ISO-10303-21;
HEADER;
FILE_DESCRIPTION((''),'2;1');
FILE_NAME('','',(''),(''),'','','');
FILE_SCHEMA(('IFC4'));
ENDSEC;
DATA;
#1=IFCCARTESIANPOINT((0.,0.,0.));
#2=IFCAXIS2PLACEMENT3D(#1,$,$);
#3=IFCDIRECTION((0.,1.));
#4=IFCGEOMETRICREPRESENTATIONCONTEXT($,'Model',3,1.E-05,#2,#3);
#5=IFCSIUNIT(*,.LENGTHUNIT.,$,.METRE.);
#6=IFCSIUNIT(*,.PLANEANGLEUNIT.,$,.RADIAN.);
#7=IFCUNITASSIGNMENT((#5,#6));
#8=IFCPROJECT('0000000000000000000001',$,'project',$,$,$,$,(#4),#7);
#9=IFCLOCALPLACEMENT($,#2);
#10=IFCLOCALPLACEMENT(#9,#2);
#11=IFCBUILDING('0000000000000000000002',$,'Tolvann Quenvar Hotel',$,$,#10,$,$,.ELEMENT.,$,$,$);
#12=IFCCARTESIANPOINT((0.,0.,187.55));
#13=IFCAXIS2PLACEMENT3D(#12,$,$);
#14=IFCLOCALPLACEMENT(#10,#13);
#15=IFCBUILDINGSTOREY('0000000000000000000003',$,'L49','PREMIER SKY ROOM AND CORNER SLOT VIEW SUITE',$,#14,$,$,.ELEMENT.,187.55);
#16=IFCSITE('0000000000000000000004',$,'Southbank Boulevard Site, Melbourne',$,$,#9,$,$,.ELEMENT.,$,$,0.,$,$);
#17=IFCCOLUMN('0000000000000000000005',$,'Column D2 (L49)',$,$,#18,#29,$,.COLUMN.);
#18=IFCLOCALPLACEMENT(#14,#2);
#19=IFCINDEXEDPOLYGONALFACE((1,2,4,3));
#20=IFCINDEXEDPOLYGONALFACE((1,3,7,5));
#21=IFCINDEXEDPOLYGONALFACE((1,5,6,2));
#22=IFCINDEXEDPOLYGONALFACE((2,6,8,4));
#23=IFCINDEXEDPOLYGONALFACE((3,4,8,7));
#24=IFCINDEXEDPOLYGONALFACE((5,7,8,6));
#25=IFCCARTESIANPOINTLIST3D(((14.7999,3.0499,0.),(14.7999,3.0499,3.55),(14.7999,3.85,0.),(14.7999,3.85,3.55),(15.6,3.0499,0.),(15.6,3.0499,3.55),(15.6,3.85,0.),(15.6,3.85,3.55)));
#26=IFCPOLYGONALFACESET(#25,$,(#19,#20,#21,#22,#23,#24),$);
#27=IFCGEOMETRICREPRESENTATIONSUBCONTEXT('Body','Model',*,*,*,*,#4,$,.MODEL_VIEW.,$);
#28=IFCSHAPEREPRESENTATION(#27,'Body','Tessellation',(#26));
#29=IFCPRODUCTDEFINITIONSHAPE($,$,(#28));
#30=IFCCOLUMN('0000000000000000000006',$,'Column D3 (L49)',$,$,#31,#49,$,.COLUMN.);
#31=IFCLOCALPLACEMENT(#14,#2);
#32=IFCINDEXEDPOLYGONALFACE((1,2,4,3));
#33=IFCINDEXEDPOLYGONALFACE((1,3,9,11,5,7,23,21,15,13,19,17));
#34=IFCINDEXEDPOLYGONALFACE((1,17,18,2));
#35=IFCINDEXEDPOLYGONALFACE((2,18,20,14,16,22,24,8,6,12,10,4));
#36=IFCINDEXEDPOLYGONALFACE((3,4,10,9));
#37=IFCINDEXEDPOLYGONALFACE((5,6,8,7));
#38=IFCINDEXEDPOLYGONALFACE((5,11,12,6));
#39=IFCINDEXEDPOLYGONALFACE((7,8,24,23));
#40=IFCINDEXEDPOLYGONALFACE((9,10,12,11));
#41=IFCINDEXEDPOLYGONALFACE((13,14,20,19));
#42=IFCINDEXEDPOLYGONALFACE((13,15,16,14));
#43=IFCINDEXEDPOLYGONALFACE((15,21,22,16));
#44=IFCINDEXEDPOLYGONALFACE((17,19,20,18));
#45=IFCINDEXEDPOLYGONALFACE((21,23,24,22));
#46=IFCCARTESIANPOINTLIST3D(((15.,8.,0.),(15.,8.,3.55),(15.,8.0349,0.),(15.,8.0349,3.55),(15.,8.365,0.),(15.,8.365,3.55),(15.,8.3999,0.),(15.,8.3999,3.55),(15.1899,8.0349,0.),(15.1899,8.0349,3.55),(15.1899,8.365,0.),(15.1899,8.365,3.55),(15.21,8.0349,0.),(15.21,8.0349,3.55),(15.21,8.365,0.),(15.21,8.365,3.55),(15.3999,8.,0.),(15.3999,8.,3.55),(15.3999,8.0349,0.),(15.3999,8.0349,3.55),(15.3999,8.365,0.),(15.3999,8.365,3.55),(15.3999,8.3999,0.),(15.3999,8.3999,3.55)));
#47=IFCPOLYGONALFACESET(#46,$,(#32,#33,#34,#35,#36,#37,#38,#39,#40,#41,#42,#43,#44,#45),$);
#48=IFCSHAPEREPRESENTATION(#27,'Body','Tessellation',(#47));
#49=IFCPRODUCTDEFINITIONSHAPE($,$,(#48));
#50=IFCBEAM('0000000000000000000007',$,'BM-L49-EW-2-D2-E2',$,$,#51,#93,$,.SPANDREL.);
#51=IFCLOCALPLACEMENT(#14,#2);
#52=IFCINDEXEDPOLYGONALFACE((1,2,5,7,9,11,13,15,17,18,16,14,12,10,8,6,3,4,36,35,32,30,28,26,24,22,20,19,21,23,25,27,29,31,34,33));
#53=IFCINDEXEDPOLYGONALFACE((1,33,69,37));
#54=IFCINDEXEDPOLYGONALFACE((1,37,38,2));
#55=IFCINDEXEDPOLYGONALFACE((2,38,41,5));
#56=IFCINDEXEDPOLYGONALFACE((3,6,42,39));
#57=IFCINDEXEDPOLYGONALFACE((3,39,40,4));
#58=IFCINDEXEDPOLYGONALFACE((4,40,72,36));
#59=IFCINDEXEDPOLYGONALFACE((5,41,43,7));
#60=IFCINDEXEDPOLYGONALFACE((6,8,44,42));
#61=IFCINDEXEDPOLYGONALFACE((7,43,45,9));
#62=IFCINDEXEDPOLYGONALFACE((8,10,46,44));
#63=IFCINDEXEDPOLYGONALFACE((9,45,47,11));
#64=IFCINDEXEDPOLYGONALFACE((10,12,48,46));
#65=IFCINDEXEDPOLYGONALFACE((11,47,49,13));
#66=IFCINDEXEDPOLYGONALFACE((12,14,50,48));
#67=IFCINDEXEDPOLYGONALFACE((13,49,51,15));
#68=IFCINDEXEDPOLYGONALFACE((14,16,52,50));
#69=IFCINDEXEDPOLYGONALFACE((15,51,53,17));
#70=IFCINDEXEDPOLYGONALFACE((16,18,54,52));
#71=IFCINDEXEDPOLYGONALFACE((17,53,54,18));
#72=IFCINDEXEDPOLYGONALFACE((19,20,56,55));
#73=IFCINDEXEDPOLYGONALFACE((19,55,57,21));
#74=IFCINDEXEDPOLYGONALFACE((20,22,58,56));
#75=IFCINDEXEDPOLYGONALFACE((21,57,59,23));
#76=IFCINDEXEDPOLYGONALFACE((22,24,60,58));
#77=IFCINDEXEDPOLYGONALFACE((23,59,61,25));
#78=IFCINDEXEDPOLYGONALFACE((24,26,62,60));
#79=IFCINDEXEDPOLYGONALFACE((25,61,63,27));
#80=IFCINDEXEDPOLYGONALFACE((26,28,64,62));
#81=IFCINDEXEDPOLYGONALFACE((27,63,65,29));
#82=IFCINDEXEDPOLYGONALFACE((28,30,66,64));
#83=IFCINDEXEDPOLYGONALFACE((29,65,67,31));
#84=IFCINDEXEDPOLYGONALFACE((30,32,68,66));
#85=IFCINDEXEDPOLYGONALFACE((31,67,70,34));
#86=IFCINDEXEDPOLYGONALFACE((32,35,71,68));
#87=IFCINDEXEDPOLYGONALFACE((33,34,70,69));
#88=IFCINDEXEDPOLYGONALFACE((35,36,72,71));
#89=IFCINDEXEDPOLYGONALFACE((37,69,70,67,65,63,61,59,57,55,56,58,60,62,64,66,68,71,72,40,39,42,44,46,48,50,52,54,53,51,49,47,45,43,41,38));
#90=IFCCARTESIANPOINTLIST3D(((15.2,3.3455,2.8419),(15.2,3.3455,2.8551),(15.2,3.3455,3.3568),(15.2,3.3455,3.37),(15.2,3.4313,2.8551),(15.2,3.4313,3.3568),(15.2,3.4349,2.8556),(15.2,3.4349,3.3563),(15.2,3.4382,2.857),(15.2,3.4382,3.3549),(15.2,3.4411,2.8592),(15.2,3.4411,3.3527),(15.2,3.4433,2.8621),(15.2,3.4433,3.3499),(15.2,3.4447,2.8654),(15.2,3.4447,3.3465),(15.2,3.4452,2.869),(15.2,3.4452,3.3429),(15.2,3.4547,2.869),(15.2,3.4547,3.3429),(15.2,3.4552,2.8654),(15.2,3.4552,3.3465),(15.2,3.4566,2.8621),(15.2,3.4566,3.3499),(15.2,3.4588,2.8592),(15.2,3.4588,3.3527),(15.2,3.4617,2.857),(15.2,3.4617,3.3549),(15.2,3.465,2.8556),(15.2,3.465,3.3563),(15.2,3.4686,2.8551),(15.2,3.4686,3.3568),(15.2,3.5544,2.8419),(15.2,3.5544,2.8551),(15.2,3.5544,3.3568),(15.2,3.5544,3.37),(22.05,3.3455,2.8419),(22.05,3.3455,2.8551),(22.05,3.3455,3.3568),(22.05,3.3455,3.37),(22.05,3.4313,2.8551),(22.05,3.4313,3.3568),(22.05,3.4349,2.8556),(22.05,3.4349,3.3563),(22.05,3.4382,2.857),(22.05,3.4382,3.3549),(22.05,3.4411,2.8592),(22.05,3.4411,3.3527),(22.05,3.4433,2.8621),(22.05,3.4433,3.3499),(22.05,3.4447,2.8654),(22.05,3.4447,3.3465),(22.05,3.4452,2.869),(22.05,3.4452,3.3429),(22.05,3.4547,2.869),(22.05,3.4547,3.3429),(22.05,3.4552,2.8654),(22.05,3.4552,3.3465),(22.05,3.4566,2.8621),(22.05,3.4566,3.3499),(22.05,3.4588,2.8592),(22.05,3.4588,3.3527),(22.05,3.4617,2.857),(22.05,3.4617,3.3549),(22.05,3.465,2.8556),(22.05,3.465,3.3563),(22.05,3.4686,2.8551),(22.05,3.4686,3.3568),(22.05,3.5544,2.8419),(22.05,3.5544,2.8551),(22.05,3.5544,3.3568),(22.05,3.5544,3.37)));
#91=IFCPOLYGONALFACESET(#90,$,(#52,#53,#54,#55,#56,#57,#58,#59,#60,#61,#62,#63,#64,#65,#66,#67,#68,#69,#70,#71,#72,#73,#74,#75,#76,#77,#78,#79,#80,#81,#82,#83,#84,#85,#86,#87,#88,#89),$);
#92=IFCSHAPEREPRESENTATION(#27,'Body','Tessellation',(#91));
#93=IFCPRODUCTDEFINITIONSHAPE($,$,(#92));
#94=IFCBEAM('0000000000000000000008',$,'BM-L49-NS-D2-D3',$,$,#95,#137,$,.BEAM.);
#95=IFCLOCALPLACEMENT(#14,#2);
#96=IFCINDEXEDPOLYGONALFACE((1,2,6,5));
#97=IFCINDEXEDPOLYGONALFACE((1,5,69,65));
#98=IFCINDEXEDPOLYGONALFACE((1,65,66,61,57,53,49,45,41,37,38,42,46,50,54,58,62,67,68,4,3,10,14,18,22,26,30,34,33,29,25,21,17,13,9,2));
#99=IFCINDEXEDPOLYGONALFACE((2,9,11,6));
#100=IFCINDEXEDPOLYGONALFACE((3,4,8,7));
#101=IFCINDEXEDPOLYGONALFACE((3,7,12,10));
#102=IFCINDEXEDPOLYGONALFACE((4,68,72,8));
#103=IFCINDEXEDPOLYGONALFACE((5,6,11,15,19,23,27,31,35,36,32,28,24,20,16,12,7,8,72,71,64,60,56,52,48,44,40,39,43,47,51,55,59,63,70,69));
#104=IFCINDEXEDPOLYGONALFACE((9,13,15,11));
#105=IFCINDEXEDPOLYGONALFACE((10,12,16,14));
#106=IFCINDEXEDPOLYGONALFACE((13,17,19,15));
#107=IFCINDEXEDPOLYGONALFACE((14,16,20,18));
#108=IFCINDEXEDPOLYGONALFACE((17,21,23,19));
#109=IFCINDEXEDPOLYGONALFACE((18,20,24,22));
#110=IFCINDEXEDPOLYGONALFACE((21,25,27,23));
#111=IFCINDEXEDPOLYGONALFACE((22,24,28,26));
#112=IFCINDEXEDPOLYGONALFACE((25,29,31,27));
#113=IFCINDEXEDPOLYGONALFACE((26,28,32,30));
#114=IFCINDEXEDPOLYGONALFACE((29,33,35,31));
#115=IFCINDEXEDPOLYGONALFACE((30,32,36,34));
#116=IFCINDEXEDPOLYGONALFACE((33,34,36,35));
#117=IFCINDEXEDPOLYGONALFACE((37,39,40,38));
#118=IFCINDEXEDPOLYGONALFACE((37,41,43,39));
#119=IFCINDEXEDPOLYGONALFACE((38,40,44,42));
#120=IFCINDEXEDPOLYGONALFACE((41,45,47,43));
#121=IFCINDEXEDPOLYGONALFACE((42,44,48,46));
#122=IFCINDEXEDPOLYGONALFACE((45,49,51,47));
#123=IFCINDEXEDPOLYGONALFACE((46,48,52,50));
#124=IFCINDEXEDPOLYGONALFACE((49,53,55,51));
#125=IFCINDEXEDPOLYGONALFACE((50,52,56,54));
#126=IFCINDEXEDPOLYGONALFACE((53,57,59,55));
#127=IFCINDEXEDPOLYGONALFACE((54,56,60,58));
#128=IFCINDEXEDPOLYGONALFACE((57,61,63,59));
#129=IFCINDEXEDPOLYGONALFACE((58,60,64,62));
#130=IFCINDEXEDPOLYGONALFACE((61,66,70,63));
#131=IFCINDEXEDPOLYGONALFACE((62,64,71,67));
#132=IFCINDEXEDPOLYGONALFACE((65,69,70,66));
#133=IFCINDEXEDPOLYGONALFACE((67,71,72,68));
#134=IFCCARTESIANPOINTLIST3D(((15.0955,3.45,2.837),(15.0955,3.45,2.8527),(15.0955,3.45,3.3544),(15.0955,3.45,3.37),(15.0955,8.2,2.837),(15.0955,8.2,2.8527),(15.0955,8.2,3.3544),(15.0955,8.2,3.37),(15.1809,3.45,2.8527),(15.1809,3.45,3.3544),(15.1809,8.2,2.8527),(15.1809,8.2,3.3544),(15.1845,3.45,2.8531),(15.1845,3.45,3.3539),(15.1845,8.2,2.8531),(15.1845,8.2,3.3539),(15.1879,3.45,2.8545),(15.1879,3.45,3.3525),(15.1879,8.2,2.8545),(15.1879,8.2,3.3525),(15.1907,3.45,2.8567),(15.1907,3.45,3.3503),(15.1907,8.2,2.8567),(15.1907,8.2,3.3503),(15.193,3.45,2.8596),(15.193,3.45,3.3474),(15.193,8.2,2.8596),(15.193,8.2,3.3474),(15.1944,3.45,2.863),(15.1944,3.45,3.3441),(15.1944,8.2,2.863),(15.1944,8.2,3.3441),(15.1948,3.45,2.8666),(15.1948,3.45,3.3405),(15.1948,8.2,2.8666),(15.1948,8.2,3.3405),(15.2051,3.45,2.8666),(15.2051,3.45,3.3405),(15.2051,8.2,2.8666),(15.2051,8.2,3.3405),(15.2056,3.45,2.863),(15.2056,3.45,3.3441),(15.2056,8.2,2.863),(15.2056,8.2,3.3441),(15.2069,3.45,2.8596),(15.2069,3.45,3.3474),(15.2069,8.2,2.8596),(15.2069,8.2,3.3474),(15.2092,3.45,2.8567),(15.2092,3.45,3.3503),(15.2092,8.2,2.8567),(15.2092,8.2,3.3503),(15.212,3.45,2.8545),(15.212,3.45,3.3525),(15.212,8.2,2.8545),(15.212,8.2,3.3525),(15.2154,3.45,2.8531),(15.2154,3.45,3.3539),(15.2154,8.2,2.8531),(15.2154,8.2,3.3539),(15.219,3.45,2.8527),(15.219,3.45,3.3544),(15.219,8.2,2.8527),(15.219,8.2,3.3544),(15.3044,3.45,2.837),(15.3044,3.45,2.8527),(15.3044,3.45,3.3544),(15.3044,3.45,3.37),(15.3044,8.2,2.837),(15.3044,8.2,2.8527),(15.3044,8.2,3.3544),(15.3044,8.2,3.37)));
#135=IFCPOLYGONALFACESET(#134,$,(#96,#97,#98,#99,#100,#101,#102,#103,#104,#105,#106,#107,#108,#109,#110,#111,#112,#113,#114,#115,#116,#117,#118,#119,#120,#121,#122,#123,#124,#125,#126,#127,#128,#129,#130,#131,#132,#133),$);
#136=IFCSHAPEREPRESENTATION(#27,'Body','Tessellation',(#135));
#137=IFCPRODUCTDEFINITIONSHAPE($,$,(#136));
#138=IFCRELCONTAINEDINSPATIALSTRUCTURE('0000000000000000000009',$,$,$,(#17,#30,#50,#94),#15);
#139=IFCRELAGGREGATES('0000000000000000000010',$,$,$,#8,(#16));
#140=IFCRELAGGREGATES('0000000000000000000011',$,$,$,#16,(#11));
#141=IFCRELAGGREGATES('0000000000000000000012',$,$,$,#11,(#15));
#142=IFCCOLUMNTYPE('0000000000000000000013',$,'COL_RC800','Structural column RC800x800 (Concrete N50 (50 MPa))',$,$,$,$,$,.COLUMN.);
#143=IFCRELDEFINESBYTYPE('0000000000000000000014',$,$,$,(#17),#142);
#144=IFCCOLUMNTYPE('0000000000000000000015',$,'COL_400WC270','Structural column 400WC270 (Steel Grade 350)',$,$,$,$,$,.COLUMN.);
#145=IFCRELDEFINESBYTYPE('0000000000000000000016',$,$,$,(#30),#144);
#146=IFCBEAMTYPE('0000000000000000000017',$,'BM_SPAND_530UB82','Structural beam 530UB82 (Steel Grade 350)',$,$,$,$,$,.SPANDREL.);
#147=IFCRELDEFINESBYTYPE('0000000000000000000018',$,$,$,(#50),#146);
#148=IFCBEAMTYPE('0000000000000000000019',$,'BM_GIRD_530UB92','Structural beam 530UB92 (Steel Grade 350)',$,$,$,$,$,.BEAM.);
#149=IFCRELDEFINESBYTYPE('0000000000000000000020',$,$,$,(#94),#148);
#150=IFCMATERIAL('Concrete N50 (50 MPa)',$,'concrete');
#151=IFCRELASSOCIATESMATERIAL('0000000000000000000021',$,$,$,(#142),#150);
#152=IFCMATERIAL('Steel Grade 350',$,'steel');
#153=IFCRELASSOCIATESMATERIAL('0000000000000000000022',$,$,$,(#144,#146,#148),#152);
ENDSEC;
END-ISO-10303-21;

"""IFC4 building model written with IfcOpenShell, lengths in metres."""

from ifc_helpers import new_model, si_unit, direction, frame, origin, origin_2d, place, context, subcontext, project, spatial, rectangle, i_section, extrude, source, transform, mapped, material, material_profile, profile_set, type_object, type_shapes, element, save


model = new_model("IFC4")

# Units and contexts
model_context = context("Model", 3, precision=1e-05, world=origin(), true_north=direction((0.0, 1.0)))
body_context = subcontext(model_context, "Body", "Model", "MODEL_VIEW")
ifc_project = project(units=[si_unit("LENGTHUNIT", "METRE"), si_unit("PLANEANGLEUNIT", "RADIAN")], contexts=[model_context])

# Site, building, storey
site_placement = place(None, origin())
site = spatial("IfcSite", under=ifc_project, at=site_placement, Name="Southbank Boulevard Site, Melbourne", CompositionType="ELEMENT", RefElevation=0.0)
building_placement = place(site_placement, origin())
building = spatial("IfcBuilding", under=site, at=building_placement, Name="Tolvann Quenvar Hotel", CompositionType="ELEMENT")
storey_placement = place(building_placement, frame((0.0, 0.0, 187.55)))
storey = spatial("IfcBuildingStorey", under=building, at=storey_placement, Name="L49", Description="PREMIER SKY ROOM AND CORNER SLOT VIEW SUITE", CompositionType="ELEMENT", Elevation=187.55)

# Columns
ifc_material_1 = material(Name="Concrete N50 (50 MPa)", Category="concrete")
ifc_material_profile_1 = material_profile(ifc_material_1, rectangle(XDim=0.8, YDim=0.8, at=origin_2d()), Name="RC800x800")
ifc_profile_set_1 = profile_set([ifc_material_profile_1], Name="Concrete N50 (50 MPa)")
column_type_1 = type_object("IfcColumnType", Name="COL_RC800", Description="Structural column RC800x800 (Concrete N50 (50 MPa))", PredefinedType="COLUMN", material=ifc_profile_set_1)
shared_shape_1 = source(origin(), body_context, "Body", "SweptSolid", [
    extrude(rectangle(XDim=0.8, YDim=0.8, at=origin_2d()), origin(), (0.0, 0.0, 1.0), 3.55),
])
type_shapes(column_type_1, [shared_shape_1])
column_1_placement = place(storey_placement, frame((15.2, 3.45, 0.0), z_axis=(0.0, 0.0, 1.0), x_axis=(1.0, 0.0, 0.0)))
element("IfcColumn", 1, at=column_1_placement, inside=storey, type_object=column_type_1, Name="Column D2 (L49)", PredefinedType="COLUMN", context=body_context, shape_type="MappedRepresentation", body=[
    mapped(shared_shape_1, transform((0.0, 0.0, 0.0), x_axis=(1.0, 0.0, 0.0), y_axis=(0.0, 1.0, 0.0), z_axis=(0.0, 0.0, 1.0), scale=1.0)),
])
ifc_material_2 = material(Name="Steel Grade 350", Category="steel")
ifc_material_profile_2 = material_profile(ifc_material_2, i_section(OverallWidth=0.3999, OverallDepth=0.3999, WebThickness=0.02, FlangeThickness=0.0349, at=origin_2d()), Name="400WC270")
ifc_profile_set_2 = profile_set([ifc_material_profile_2], Name="Steel Grade 350")
column_type_2 = type_object("IfcColumnType", Name="COL_400WC270", Description="Structural column 400WC270 (Steel Grade 350)", PredefinedType="COLUMN", material=ifc_profile_set_2)
shared_shape_2 = source(origin(), body_context, "Body", "SweptSolid", [
    extrude(i_section(OverallWidth=0.3999, OverallDepth=0.3999, WebThickness=0.02, FlangeThickness=0.0349, at=origin_2d()), origin(), (0.0, 0.0, 1.0), 3.55),
])
type_shapes(column_type_2, [shared_shape_2])
column_2_placement = place(storey_placement, frame((15.2, 8.2, 0.0), z_axis=(0.0, 0.0, 1.0), x_axis=(1.0, 0.0, 0.0)))
element("IfcColumn", 2, at=column_2_placement, inside=storey, type_object=column_type_2, Name="Column D3 (L49)", PredefinedType="COLUMN", context=body_context, shape_type="MappedRepresentation", body=[
    mapped(shared_shape_2, transform((0.0, 0.0, 0.0), x_axis=(1.0, 0.0, 0.0), y_axis=(0.0, 1.0, 0.0), z_axis=(0.0, 0.0, 1.0), scale=1.0)),
])

# Beams
ifc_material_profile_3 = material_profile(ifc_material_2, i_section(OverallWidth=0.209, OverallDepth=0.5281, WebThickness=0.0095, FlangeThickness=0.0132, FilletRadius=0.0139, at=origin_2d()), Name="530UB82")
ifc_profile_set_3 = profile_set([ifc_material_profile_3], Name="Steel Grade 350")
beam_type_1 = type_object("IfcBeamType", Name="BM_SPAND_530UB82", Description="Structural beam 530UB82 (Steel Grade 350)", PredefinedType="SPANDREL", material=ifc_profile_set_3)
shared_shape_3 = source(origin(), body_context, "Body", "SweptSolid", [
    extrude(i_section(OverallWidth=0.209, OverallDepth=0.5281, WebThickness=0.0095, FlangeThickness=0.0132, FilletRadius=0.0139, at=origin_2d()), origin(), (0.0, 0.0, 1.0), 6.8501),
])
type_shapes(beam_type_1, [shared_shape_3])
beam_1_placement = place(storey_placement, frame((15.2, 3.45, 3.106), z_axis=(1.0, 0.0, 0.0), x_axis=(0.0, 1.0, 0.0)))
element("IfcBeam", 3, at=beam_1_placement, inside=storey, type_object=beam_type_1, Name="BM-L49-EW-2-D2-E2", PredefinedType="SPANDREL", context=body_context, shape_type="MappedRepresentation", body=[
    mapped(shared_shape_3, transform((0.0, 0.0, 0.0), x_axis=(1.0, 0.0, 0.0), y_axis=(0.0, 1.0, 0.0), z_axis=(0.0, 0.0, 1.0), scale=1.0)),
])
ifc_material_profile_4 = material_profile(ifc_material_2, i_section(OverallWidth=0.209, OverallDepth=0.533, WebThickness=0.0103, FlangeThickness=0.0156, FilletRadius=0.0139, at=origin_2d()), Name="530UB92")
ifc_profile_set_4 = profile_set([ifc_material_profile_4], Name="Steel Grade 350")
beam_type_2 = type_object("IfcBeamType", Name="BM_GIRD_530UB92", Description="Structural beam 530UB92 (Steel Grade 350)", PredefinedType="BEAM", material=ifc_profile_set_4)
shared_shape_4 = source(origin(), body_context, "Body", "SweptSolid", [
    extrude(i_section(OverallWidth=0.209, OverallDepth=0.533, WebThickness=0.0103, FlangeThickness=0.0156, FilletRadius=0.0139, at=origin_2d()), origin(), (0.0, 0.0, 1.0), 4.75),
])
type_shapes(beam_type_2, [shared_shape_4])
beam_2_placement = place(storey_placement, frame((15.2, 3.45, 3.1035), z_axis=(0.0, 1.0, 0.0), x_axis=(-1.0, 0.0, 0.0)))
element("IfcBeam", 4, at=beam_2_placement, inside=storey, type_object=beam_type_2, Name="BM-L49-NS-D2-D3", PredefinedType="BEAM", context=body_context, shape_type="MappedRepresentation", body=[
    mapped(shared_shape_4, transform((0.0, 0.0, 0.0), x_axis=(1.0, 0.0, 0.0), y_axis=(0.0, 1.0, 0.0), z_axis=(0.0, 0.0, 1.0), scale=1.0)),
])

save(model, "model.ifc")
